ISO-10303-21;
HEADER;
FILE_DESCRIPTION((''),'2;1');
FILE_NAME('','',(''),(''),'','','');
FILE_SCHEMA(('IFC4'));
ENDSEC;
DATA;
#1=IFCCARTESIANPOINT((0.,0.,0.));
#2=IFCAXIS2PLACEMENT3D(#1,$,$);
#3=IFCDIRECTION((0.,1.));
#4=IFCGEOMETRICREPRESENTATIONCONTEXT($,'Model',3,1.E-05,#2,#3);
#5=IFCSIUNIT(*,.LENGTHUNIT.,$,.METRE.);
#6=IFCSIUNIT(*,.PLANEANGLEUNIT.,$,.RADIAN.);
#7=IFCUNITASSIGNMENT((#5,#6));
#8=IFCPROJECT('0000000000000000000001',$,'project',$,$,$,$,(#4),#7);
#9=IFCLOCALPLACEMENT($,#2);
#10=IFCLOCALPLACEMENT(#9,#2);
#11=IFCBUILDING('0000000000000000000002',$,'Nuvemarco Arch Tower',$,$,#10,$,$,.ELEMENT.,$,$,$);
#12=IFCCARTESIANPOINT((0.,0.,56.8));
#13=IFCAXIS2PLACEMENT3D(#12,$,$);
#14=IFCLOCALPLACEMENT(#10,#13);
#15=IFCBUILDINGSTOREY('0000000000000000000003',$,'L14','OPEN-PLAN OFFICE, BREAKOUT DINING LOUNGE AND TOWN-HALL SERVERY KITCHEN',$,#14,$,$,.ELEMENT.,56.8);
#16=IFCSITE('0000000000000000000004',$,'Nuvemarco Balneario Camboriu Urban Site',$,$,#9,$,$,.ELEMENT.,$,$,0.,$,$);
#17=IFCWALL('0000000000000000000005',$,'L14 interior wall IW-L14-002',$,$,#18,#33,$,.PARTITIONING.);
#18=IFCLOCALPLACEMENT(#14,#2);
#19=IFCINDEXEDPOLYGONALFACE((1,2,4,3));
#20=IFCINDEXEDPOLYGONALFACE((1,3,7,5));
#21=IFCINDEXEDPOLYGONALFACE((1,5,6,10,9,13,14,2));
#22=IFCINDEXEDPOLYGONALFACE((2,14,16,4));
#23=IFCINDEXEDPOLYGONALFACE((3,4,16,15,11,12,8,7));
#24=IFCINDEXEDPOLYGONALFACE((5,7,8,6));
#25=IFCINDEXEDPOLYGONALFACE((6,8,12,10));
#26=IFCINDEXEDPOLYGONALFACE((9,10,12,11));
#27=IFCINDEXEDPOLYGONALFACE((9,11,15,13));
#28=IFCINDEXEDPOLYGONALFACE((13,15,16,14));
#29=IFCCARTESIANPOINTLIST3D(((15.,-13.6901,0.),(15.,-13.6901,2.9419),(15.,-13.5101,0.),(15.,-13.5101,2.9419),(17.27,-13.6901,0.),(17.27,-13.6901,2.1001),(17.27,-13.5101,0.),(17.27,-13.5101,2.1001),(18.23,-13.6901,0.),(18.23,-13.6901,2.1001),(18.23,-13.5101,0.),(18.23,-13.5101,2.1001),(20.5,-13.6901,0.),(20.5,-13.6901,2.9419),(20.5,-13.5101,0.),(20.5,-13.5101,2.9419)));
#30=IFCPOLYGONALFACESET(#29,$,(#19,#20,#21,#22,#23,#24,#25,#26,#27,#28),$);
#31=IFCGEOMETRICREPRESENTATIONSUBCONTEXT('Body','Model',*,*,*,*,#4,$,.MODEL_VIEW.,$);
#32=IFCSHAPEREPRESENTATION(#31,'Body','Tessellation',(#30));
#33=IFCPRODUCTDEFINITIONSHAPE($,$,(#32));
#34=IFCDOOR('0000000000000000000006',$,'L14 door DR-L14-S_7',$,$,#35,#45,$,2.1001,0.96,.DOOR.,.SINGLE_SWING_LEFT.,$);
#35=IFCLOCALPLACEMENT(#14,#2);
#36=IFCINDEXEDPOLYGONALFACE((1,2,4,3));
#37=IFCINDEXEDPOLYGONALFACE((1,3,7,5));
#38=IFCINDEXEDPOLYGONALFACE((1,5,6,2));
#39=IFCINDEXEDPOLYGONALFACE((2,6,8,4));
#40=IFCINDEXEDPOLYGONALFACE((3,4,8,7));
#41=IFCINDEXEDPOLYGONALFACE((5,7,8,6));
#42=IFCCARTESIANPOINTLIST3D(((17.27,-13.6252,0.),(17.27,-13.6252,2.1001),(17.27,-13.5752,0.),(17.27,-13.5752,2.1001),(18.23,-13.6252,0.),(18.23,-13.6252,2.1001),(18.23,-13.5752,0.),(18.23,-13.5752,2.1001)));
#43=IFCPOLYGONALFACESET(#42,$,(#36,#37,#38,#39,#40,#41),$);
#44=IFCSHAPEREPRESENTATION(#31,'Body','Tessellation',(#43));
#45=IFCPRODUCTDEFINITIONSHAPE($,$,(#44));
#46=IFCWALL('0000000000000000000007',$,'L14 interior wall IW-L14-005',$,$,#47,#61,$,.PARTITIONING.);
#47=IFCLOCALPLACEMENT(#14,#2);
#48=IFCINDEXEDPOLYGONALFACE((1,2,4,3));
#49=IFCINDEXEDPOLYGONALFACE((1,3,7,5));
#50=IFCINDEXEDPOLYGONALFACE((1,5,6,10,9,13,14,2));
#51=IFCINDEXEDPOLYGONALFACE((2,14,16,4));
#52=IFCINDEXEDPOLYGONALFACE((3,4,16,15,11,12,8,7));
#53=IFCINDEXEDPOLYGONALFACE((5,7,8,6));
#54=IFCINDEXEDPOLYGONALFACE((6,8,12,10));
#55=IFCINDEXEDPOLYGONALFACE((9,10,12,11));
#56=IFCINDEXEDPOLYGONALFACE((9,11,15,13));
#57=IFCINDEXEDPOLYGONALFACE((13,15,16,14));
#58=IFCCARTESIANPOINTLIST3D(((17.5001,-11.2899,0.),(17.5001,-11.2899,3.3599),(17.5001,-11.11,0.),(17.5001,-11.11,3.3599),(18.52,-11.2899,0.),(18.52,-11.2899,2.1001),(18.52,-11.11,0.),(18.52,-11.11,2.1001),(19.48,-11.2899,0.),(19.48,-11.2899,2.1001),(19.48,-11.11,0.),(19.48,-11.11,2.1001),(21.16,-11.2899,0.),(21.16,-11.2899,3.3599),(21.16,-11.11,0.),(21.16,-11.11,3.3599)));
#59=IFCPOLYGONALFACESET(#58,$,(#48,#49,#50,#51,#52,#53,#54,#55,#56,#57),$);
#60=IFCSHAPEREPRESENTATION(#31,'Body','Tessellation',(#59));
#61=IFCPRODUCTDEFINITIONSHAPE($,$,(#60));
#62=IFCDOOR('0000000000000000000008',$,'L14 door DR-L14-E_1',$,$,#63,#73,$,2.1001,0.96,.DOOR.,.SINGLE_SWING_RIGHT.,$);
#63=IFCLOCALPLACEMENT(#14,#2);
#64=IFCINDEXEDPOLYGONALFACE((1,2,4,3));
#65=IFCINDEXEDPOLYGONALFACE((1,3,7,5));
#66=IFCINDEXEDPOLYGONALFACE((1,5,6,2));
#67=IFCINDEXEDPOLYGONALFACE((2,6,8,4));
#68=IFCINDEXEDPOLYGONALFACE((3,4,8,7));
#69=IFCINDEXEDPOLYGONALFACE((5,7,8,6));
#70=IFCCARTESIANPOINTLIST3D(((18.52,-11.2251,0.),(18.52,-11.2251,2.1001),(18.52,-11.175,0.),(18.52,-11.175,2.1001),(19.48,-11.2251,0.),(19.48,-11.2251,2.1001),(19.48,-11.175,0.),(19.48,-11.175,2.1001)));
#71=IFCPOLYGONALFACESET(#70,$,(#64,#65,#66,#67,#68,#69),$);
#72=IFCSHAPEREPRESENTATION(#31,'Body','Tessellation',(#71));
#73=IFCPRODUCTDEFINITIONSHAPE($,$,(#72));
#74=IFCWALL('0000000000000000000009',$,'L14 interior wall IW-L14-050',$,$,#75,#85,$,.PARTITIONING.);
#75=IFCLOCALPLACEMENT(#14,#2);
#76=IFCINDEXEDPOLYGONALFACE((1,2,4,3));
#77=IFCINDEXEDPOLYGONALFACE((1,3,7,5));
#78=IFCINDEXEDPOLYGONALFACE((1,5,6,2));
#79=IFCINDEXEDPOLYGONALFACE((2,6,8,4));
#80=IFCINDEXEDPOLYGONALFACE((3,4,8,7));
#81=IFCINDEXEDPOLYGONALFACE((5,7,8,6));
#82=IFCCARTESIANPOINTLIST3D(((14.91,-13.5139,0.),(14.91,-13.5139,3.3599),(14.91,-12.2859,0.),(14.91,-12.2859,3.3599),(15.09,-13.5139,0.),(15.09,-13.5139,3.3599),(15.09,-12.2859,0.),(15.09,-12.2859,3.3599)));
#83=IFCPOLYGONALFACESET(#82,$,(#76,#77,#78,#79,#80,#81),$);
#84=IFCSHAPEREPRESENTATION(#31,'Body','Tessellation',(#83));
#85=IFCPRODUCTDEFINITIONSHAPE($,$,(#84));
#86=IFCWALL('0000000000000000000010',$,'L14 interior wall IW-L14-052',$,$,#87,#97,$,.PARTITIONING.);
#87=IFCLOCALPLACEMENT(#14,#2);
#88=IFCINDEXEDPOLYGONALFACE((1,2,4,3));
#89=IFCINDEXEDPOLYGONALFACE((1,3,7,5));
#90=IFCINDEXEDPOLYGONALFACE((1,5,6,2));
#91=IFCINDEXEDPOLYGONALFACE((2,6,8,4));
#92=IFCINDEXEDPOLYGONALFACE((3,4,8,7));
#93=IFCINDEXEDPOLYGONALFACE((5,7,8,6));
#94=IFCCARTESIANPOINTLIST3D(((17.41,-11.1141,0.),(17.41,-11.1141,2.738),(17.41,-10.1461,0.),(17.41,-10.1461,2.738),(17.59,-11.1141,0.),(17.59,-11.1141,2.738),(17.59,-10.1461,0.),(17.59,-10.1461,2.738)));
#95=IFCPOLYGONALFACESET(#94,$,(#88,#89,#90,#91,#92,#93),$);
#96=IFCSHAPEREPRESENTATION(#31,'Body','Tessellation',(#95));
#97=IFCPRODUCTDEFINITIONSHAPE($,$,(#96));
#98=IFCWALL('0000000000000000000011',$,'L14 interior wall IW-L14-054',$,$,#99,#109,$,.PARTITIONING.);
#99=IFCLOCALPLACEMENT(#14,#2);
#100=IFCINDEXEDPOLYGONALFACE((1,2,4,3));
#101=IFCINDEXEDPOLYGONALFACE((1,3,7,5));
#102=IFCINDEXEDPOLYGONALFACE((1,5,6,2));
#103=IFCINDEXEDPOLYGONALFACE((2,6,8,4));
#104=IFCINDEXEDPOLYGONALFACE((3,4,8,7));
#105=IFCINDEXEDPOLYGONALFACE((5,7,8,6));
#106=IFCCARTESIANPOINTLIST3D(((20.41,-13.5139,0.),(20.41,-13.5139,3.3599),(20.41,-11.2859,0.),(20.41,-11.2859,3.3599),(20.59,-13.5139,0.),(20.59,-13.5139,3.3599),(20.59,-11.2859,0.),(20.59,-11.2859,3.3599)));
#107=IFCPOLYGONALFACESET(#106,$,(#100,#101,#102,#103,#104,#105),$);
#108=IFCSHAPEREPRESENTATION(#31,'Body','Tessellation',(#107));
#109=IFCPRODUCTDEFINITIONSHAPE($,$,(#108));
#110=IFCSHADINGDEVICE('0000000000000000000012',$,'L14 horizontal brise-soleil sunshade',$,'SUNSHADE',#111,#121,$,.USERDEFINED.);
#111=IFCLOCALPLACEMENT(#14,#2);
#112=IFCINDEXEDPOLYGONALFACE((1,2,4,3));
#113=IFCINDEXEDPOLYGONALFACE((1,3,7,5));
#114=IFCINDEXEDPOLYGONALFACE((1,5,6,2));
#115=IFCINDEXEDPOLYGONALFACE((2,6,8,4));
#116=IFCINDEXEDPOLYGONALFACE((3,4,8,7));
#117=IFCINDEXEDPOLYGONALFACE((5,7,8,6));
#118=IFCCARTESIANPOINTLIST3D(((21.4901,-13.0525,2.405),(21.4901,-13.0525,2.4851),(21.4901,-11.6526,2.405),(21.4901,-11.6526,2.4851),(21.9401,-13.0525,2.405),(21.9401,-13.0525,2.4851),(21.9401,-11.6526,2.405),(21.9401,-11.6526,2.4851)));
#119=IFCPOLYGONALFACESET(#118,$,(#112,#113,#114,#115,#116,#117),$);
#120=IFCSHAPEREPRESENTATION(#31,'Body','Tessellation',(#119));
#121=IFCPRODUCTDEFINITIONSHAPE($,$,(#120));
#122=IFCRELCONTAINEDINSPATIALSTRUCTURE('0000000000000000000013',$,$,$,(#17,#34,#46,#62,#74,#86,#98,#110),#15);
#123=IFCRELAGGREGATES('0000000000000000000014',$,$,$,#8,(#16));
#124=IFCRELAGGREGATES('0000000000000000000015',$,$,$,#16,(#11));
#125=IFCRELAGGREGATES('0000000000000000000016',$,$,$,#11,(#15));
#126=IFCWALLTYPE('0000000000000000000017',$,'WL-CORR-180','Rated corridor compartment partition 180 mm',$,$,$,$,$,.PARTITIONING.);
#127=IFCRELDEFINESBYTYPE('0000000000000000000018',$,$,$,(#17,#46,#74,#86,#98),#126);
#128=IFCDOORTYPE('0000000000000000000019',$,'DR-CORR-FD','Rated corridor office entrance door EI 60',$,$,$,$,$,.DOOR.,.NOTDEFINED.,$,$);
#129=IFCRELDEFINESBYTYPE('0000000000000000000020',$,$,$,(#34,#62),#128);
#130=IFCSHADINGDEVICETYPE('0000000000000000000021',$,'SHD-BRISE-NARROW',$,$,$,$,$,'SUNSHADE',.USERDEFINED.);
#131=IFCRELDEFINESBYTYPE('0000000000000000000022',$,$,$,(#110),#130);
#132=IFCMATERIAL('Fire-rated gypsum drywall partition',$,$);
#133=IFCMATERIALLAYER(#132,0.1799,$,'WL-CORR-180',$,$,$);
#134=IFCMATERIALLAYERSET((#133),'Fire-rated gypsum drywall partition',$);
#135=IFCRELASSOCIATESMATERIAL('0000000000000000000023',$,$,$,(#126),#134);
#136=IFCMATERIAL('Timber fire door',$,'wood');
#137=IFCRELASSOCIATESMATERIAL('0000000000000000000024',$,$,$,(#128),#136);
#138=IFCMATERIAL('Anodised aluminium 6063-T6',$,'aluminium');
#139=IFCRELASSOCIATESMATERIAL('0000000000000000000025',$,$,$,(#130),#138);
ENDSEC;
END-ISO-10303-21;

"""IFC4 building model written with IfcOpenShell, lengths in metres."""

from ifc_helpers import new_model, si_unit, direction, frame, frame_2d, origin, origin_2d, place, context, subcontext, project, spatial, rectangle, extrude, source, transform, mapped, material, layer, layer_set, type_object, type_shapes, element, fill, save


model = new_model("IFC4")

# Units and contexts
model_context = context("Model", 3, precision=1e-05, world=origin(), true_north=direction((0.0, 1.0)))
body_context = subcontext(model_context, "Body", "Model", "MODEL_VIEW")
ifc_project = project(units=[si_unit("LENGTHUNIT", "METRE"), si_unit("PLANEANGLEUNIT", "RADIAN")], contexts=[model_context])

# Site, building, storey
site_placement = place(None, origin())
site = spatial("IfcSite", under=ifc_project, at=site_placement, Name="Nuvemarco Balneario Camboriu Urban Site", CompositionType="ELEMENT", RefElevation=0.0)
building_placement = place(site_placement, origin())
building = spatial("IfcBuilding", under=site, at=building_placement, Name="Nuvemarco Arch Tower", CompositionType="ELEMENT")
storey_placement = place(building_placement, frame((0.0, 0.0, 56.8)))
storey = spatial("IfcBuildingStorey", under=building, at=storey_placement, Name="L14", Description="OPEN-PLAN OFFICE, BREAKOUT DINING LOUNGE AND TOWN-HALL SERVERY KITCHEN", CompositionType="ELEMENT", Elevation=56.8)

# Walls, openings, doors
ifc_material_1 = material(Name="Fire-rated gypsum drywall partition")
ifc_layer = layer(ifc_material_1, 0.1799, Name="WL-CORR-180")
ifc_layer_set = layer_set([ifc_layer], Name="Fire-rated gypsum drywall partition")
wall_type = type_object("IfcWallType", Name="WL-CORR-180", Description="Rated corridor compartment partition 180 mm", PredefinedType="PARTITIONING", material=ifc_layer_set)
wall_1_placement = place(storey_placement, frame((15.0, -13.6001, 0.0), z_axis=(0.0, 0.0, 1.0), x_axis=(1.0, 0.0, 0.0)))
wall_1 = element("IfcWall", 1, at=wall_1_placement, inside=storey, type_object=wall_type, Name="L14 interior wall IW-L14-002", PredefinedType="PARTITIONING", context=body_context, shape_type="SweptSolid", body=[
    extrude(rectangle(XDim=5.5, YDim=0.1799, at=frame_2d((2.75, 0.0))), origin(), (0.0, 0.0, 1.0), 2.9419),
])
opening_1_placement = place(wall_1_placement, frame((2.27, 0.0, 0.0)))
opening_1 = element("IfcOpeningElement", 2, at=opening_1_placement, cuts=wall_1, PredefinedType="OPENING", context=body_context, shape_type="SweptSolid", body=[
    extrude(rectangle(XDim=0.96, YDim=2.1001, at=frame_2d((0.48, 1.05))), frame((0.0, 0.0999, 0.0), z_axis=(0.0, -1.0, 0.0), x_axis=(1.0, 0.0, 0.0)), (0.0, 0.0, 1.0), 0.2),
])
ifc_material_2 = material(Name="Timber fire door", Category="wood")
door_type = type_object("IfcDoorType", Name="DR-CORR-FD", Description="Rated corridor office entrance door EI 60", OperationType="NOTDEFINED", PredefinedType="DOOR", material=ifc_material_2)
shared_shape_1 = source(origin(), body_context, "Body", "SweptSolid", [
    extrude(rectangle(XDim=0.96, YDim=2.1001, at=frame_2d((0.48, 1.05))), frame((0.0, 0.0249, 0.0), z_axis=(0.0, -1.0, 0.0), x_axis=(1.0, 0.0, 0.0)), (0.0, 0.0, 1.0), 0.05),
])
type_shapes(door_type, [shared_shape_1])
door_1_placement = place(opening_1_placement, origin())
door_1 = element("IfcDoor", 3, at=door_1_placement, inside=storey, type_object=door_type, Name="L14 door DR-L14-S_7", OperationType="SINGLE_SWING_LEFT", OverallHeight=2.1001, OverallWidth=0.96, PredefinedType="DOOR", context=body_context, shape_type="MappedRepresentation", body=[
    mapped(shared_shape_1, transform((0.0, 0.0, 0.0), scale=1.0)),
])
fill(opening_1, door_1)
wall_2_placement = place(storey_placement, frame((17.5, -11.2, 0.0), z_axis=(0.0, 0.0, 1.0), x_axis=(1.0, 0.0, 0.0)))
wall_2 = element("IfcWall", 4, at=wall_2_placement, inside=storey, type_object=wall_type, Name="L14 interior wall IW-L14-005", PredefinedType="PARTITIONING", context=body_context, shape_type="SweptSolid", body=[
    extrude(rectangle(XDim=3.6599, YDim=0.1799, at=frame_2d((1.8301, 0.0))), origin(), (0.0, 0.0, 1.0), 3.3599),
])
opening_2_placement = place(wall_2_placement, frame((1.02, 0.0, 0.0)))
opening_2 = element("IfcOpeningElement", 5, at=opening_2_placement, cuts=wall_2, PredefinedType="OPENING", context=body_context, shape_type="SweptSolid", body=[
    extrude(rectangle(XDim=0.96, YDim=2.1001, at=frame_2d((0.48, 1.05))), frame((0.0, 0.0999, 0.0), z_axis=(0.0, -1.0, 0.0), x_axis=(1.0, 0.0, 0.0)), (0.0, 0.0, 1.0), 0.2),
])
door_2_placement = place(opening_2_placement, origin())
door_2 = element("IfcDoor", 6, at=door_2_placement, inside=storey, type_object=door_type, Name="L14 door DR-L14-E_1", OperationType="SINGLE_SWING_RIGHT", OverallHeight=2.1001, OverallWidth=0.96, PredefinedType="DOOR", context=body_context, shape_type="MappedRepresentation", body=[
    mapped(shared_shape_1, transform((0.0, 0.0, 0.0), scale=1.0)),
])
fill(opening_2, door_2)

# Walls
wall_3_placement = place(storey_placement, frame((15.0, -13.5139, 0.0), z_axis=(0.0, 0.0, 1.0), x_axis=(0.0, 1.0, 0.0)))
element("IfcWall", 7, at=wall_3_placement, inside=storey, type_object=wall_type, Name="L14 interior wall IW-L14-050", PredefinedType="PARTITIONING", context=body_context, shape_type="SweptSolid", body=[
    extrude(rectangle(XDim=1.228, YDim=0.1799, at=frame_2d((0.614, 0.0))), origin(), (0.0, 0.0, 1.0), 3.3599),
])
wall_4_placement = place(storey_placement, frame((17.5, -11.114, 0.0), z_axis=(0.0, 0.0, 1.0), x_axis=(0.0, 1.0, 0.0)))
element("IfcWall", 8, at=wall_4_placement, inside=storey, type_object=wall_type, Name="L14 interior wall IW-L14-052", PredefinedType="PARTITIONING", context=body_context, shape_type="SweptSolid", body=[
    extrude(rectangle(XDim=0.968, YDim=0.1799, at=frame_2d((0.4839, 0.0))), origin(), (0.0, 0.0, 1.0), 2.738),
])
wall_5_placement = place(storey_placement, frame((20.5, -13.5139, 0.0), z_axis=(0.0, 0.0, 1.0), x_axis=(0.0, 1.0, 0.0)))
element("IfcWall", 9, at=wall_5_placement, inside=storey, type_object=wall_type, Name="L14 interior wall IW-L14-054", PredefinedType="PARTITIONING", context=body_context, shape_type="SweptSolid", body=[
    extrude(rectangle(XDim=2.228, YDim=0.1799, at=frame_2d((1.114, 0.0))), origin(), (0.0, 0.0, 1.0), 3.3599),
])

# Shading device
ifc_material_3 = material(Name="Anodised aluminium 6063-T6", Category="aluminium")
shading_device_type = type_object("IfcShadingDeviceType", Name="SHD-BRISE-NARROW", ElementType="SUNSHADE", PredefinedType="USERDEFINED", material=ifc_material_3)
shared_shape_2 = source(origin(), body_context, "Body", "SweptSolid", [
    extrude(rectangle(XDim=1.3999, YDim=0.45, at=origin_2d()), origin(), (0.0, 0.0, 1.0), 0.0801),
])
type_shapes(shading_device_type, [shared_shape_2])
shading_device_placement = place(storey_placement, frame((21.7151, -12.3525, 2.405), z_axis=(0.0, 0.0, 1.0), x_axis=(0.0, 1.0, 0.0)))
element("IfcShadingDevice", 10, at=shading_device_placement, inside=storey, type_object=shading_device_type, Name="L14 horizontal brise-soleil sunshade", ObjectType="SUNSHADE", PredefinedType="USERDEFINED", context=body_context, shape_type="MappedRepresentation", body=[
    mapped(shared_shape_2, transform((0.0, 0.0, 0.0), scale=1.0)),
])

save(model, "model.ifc")
